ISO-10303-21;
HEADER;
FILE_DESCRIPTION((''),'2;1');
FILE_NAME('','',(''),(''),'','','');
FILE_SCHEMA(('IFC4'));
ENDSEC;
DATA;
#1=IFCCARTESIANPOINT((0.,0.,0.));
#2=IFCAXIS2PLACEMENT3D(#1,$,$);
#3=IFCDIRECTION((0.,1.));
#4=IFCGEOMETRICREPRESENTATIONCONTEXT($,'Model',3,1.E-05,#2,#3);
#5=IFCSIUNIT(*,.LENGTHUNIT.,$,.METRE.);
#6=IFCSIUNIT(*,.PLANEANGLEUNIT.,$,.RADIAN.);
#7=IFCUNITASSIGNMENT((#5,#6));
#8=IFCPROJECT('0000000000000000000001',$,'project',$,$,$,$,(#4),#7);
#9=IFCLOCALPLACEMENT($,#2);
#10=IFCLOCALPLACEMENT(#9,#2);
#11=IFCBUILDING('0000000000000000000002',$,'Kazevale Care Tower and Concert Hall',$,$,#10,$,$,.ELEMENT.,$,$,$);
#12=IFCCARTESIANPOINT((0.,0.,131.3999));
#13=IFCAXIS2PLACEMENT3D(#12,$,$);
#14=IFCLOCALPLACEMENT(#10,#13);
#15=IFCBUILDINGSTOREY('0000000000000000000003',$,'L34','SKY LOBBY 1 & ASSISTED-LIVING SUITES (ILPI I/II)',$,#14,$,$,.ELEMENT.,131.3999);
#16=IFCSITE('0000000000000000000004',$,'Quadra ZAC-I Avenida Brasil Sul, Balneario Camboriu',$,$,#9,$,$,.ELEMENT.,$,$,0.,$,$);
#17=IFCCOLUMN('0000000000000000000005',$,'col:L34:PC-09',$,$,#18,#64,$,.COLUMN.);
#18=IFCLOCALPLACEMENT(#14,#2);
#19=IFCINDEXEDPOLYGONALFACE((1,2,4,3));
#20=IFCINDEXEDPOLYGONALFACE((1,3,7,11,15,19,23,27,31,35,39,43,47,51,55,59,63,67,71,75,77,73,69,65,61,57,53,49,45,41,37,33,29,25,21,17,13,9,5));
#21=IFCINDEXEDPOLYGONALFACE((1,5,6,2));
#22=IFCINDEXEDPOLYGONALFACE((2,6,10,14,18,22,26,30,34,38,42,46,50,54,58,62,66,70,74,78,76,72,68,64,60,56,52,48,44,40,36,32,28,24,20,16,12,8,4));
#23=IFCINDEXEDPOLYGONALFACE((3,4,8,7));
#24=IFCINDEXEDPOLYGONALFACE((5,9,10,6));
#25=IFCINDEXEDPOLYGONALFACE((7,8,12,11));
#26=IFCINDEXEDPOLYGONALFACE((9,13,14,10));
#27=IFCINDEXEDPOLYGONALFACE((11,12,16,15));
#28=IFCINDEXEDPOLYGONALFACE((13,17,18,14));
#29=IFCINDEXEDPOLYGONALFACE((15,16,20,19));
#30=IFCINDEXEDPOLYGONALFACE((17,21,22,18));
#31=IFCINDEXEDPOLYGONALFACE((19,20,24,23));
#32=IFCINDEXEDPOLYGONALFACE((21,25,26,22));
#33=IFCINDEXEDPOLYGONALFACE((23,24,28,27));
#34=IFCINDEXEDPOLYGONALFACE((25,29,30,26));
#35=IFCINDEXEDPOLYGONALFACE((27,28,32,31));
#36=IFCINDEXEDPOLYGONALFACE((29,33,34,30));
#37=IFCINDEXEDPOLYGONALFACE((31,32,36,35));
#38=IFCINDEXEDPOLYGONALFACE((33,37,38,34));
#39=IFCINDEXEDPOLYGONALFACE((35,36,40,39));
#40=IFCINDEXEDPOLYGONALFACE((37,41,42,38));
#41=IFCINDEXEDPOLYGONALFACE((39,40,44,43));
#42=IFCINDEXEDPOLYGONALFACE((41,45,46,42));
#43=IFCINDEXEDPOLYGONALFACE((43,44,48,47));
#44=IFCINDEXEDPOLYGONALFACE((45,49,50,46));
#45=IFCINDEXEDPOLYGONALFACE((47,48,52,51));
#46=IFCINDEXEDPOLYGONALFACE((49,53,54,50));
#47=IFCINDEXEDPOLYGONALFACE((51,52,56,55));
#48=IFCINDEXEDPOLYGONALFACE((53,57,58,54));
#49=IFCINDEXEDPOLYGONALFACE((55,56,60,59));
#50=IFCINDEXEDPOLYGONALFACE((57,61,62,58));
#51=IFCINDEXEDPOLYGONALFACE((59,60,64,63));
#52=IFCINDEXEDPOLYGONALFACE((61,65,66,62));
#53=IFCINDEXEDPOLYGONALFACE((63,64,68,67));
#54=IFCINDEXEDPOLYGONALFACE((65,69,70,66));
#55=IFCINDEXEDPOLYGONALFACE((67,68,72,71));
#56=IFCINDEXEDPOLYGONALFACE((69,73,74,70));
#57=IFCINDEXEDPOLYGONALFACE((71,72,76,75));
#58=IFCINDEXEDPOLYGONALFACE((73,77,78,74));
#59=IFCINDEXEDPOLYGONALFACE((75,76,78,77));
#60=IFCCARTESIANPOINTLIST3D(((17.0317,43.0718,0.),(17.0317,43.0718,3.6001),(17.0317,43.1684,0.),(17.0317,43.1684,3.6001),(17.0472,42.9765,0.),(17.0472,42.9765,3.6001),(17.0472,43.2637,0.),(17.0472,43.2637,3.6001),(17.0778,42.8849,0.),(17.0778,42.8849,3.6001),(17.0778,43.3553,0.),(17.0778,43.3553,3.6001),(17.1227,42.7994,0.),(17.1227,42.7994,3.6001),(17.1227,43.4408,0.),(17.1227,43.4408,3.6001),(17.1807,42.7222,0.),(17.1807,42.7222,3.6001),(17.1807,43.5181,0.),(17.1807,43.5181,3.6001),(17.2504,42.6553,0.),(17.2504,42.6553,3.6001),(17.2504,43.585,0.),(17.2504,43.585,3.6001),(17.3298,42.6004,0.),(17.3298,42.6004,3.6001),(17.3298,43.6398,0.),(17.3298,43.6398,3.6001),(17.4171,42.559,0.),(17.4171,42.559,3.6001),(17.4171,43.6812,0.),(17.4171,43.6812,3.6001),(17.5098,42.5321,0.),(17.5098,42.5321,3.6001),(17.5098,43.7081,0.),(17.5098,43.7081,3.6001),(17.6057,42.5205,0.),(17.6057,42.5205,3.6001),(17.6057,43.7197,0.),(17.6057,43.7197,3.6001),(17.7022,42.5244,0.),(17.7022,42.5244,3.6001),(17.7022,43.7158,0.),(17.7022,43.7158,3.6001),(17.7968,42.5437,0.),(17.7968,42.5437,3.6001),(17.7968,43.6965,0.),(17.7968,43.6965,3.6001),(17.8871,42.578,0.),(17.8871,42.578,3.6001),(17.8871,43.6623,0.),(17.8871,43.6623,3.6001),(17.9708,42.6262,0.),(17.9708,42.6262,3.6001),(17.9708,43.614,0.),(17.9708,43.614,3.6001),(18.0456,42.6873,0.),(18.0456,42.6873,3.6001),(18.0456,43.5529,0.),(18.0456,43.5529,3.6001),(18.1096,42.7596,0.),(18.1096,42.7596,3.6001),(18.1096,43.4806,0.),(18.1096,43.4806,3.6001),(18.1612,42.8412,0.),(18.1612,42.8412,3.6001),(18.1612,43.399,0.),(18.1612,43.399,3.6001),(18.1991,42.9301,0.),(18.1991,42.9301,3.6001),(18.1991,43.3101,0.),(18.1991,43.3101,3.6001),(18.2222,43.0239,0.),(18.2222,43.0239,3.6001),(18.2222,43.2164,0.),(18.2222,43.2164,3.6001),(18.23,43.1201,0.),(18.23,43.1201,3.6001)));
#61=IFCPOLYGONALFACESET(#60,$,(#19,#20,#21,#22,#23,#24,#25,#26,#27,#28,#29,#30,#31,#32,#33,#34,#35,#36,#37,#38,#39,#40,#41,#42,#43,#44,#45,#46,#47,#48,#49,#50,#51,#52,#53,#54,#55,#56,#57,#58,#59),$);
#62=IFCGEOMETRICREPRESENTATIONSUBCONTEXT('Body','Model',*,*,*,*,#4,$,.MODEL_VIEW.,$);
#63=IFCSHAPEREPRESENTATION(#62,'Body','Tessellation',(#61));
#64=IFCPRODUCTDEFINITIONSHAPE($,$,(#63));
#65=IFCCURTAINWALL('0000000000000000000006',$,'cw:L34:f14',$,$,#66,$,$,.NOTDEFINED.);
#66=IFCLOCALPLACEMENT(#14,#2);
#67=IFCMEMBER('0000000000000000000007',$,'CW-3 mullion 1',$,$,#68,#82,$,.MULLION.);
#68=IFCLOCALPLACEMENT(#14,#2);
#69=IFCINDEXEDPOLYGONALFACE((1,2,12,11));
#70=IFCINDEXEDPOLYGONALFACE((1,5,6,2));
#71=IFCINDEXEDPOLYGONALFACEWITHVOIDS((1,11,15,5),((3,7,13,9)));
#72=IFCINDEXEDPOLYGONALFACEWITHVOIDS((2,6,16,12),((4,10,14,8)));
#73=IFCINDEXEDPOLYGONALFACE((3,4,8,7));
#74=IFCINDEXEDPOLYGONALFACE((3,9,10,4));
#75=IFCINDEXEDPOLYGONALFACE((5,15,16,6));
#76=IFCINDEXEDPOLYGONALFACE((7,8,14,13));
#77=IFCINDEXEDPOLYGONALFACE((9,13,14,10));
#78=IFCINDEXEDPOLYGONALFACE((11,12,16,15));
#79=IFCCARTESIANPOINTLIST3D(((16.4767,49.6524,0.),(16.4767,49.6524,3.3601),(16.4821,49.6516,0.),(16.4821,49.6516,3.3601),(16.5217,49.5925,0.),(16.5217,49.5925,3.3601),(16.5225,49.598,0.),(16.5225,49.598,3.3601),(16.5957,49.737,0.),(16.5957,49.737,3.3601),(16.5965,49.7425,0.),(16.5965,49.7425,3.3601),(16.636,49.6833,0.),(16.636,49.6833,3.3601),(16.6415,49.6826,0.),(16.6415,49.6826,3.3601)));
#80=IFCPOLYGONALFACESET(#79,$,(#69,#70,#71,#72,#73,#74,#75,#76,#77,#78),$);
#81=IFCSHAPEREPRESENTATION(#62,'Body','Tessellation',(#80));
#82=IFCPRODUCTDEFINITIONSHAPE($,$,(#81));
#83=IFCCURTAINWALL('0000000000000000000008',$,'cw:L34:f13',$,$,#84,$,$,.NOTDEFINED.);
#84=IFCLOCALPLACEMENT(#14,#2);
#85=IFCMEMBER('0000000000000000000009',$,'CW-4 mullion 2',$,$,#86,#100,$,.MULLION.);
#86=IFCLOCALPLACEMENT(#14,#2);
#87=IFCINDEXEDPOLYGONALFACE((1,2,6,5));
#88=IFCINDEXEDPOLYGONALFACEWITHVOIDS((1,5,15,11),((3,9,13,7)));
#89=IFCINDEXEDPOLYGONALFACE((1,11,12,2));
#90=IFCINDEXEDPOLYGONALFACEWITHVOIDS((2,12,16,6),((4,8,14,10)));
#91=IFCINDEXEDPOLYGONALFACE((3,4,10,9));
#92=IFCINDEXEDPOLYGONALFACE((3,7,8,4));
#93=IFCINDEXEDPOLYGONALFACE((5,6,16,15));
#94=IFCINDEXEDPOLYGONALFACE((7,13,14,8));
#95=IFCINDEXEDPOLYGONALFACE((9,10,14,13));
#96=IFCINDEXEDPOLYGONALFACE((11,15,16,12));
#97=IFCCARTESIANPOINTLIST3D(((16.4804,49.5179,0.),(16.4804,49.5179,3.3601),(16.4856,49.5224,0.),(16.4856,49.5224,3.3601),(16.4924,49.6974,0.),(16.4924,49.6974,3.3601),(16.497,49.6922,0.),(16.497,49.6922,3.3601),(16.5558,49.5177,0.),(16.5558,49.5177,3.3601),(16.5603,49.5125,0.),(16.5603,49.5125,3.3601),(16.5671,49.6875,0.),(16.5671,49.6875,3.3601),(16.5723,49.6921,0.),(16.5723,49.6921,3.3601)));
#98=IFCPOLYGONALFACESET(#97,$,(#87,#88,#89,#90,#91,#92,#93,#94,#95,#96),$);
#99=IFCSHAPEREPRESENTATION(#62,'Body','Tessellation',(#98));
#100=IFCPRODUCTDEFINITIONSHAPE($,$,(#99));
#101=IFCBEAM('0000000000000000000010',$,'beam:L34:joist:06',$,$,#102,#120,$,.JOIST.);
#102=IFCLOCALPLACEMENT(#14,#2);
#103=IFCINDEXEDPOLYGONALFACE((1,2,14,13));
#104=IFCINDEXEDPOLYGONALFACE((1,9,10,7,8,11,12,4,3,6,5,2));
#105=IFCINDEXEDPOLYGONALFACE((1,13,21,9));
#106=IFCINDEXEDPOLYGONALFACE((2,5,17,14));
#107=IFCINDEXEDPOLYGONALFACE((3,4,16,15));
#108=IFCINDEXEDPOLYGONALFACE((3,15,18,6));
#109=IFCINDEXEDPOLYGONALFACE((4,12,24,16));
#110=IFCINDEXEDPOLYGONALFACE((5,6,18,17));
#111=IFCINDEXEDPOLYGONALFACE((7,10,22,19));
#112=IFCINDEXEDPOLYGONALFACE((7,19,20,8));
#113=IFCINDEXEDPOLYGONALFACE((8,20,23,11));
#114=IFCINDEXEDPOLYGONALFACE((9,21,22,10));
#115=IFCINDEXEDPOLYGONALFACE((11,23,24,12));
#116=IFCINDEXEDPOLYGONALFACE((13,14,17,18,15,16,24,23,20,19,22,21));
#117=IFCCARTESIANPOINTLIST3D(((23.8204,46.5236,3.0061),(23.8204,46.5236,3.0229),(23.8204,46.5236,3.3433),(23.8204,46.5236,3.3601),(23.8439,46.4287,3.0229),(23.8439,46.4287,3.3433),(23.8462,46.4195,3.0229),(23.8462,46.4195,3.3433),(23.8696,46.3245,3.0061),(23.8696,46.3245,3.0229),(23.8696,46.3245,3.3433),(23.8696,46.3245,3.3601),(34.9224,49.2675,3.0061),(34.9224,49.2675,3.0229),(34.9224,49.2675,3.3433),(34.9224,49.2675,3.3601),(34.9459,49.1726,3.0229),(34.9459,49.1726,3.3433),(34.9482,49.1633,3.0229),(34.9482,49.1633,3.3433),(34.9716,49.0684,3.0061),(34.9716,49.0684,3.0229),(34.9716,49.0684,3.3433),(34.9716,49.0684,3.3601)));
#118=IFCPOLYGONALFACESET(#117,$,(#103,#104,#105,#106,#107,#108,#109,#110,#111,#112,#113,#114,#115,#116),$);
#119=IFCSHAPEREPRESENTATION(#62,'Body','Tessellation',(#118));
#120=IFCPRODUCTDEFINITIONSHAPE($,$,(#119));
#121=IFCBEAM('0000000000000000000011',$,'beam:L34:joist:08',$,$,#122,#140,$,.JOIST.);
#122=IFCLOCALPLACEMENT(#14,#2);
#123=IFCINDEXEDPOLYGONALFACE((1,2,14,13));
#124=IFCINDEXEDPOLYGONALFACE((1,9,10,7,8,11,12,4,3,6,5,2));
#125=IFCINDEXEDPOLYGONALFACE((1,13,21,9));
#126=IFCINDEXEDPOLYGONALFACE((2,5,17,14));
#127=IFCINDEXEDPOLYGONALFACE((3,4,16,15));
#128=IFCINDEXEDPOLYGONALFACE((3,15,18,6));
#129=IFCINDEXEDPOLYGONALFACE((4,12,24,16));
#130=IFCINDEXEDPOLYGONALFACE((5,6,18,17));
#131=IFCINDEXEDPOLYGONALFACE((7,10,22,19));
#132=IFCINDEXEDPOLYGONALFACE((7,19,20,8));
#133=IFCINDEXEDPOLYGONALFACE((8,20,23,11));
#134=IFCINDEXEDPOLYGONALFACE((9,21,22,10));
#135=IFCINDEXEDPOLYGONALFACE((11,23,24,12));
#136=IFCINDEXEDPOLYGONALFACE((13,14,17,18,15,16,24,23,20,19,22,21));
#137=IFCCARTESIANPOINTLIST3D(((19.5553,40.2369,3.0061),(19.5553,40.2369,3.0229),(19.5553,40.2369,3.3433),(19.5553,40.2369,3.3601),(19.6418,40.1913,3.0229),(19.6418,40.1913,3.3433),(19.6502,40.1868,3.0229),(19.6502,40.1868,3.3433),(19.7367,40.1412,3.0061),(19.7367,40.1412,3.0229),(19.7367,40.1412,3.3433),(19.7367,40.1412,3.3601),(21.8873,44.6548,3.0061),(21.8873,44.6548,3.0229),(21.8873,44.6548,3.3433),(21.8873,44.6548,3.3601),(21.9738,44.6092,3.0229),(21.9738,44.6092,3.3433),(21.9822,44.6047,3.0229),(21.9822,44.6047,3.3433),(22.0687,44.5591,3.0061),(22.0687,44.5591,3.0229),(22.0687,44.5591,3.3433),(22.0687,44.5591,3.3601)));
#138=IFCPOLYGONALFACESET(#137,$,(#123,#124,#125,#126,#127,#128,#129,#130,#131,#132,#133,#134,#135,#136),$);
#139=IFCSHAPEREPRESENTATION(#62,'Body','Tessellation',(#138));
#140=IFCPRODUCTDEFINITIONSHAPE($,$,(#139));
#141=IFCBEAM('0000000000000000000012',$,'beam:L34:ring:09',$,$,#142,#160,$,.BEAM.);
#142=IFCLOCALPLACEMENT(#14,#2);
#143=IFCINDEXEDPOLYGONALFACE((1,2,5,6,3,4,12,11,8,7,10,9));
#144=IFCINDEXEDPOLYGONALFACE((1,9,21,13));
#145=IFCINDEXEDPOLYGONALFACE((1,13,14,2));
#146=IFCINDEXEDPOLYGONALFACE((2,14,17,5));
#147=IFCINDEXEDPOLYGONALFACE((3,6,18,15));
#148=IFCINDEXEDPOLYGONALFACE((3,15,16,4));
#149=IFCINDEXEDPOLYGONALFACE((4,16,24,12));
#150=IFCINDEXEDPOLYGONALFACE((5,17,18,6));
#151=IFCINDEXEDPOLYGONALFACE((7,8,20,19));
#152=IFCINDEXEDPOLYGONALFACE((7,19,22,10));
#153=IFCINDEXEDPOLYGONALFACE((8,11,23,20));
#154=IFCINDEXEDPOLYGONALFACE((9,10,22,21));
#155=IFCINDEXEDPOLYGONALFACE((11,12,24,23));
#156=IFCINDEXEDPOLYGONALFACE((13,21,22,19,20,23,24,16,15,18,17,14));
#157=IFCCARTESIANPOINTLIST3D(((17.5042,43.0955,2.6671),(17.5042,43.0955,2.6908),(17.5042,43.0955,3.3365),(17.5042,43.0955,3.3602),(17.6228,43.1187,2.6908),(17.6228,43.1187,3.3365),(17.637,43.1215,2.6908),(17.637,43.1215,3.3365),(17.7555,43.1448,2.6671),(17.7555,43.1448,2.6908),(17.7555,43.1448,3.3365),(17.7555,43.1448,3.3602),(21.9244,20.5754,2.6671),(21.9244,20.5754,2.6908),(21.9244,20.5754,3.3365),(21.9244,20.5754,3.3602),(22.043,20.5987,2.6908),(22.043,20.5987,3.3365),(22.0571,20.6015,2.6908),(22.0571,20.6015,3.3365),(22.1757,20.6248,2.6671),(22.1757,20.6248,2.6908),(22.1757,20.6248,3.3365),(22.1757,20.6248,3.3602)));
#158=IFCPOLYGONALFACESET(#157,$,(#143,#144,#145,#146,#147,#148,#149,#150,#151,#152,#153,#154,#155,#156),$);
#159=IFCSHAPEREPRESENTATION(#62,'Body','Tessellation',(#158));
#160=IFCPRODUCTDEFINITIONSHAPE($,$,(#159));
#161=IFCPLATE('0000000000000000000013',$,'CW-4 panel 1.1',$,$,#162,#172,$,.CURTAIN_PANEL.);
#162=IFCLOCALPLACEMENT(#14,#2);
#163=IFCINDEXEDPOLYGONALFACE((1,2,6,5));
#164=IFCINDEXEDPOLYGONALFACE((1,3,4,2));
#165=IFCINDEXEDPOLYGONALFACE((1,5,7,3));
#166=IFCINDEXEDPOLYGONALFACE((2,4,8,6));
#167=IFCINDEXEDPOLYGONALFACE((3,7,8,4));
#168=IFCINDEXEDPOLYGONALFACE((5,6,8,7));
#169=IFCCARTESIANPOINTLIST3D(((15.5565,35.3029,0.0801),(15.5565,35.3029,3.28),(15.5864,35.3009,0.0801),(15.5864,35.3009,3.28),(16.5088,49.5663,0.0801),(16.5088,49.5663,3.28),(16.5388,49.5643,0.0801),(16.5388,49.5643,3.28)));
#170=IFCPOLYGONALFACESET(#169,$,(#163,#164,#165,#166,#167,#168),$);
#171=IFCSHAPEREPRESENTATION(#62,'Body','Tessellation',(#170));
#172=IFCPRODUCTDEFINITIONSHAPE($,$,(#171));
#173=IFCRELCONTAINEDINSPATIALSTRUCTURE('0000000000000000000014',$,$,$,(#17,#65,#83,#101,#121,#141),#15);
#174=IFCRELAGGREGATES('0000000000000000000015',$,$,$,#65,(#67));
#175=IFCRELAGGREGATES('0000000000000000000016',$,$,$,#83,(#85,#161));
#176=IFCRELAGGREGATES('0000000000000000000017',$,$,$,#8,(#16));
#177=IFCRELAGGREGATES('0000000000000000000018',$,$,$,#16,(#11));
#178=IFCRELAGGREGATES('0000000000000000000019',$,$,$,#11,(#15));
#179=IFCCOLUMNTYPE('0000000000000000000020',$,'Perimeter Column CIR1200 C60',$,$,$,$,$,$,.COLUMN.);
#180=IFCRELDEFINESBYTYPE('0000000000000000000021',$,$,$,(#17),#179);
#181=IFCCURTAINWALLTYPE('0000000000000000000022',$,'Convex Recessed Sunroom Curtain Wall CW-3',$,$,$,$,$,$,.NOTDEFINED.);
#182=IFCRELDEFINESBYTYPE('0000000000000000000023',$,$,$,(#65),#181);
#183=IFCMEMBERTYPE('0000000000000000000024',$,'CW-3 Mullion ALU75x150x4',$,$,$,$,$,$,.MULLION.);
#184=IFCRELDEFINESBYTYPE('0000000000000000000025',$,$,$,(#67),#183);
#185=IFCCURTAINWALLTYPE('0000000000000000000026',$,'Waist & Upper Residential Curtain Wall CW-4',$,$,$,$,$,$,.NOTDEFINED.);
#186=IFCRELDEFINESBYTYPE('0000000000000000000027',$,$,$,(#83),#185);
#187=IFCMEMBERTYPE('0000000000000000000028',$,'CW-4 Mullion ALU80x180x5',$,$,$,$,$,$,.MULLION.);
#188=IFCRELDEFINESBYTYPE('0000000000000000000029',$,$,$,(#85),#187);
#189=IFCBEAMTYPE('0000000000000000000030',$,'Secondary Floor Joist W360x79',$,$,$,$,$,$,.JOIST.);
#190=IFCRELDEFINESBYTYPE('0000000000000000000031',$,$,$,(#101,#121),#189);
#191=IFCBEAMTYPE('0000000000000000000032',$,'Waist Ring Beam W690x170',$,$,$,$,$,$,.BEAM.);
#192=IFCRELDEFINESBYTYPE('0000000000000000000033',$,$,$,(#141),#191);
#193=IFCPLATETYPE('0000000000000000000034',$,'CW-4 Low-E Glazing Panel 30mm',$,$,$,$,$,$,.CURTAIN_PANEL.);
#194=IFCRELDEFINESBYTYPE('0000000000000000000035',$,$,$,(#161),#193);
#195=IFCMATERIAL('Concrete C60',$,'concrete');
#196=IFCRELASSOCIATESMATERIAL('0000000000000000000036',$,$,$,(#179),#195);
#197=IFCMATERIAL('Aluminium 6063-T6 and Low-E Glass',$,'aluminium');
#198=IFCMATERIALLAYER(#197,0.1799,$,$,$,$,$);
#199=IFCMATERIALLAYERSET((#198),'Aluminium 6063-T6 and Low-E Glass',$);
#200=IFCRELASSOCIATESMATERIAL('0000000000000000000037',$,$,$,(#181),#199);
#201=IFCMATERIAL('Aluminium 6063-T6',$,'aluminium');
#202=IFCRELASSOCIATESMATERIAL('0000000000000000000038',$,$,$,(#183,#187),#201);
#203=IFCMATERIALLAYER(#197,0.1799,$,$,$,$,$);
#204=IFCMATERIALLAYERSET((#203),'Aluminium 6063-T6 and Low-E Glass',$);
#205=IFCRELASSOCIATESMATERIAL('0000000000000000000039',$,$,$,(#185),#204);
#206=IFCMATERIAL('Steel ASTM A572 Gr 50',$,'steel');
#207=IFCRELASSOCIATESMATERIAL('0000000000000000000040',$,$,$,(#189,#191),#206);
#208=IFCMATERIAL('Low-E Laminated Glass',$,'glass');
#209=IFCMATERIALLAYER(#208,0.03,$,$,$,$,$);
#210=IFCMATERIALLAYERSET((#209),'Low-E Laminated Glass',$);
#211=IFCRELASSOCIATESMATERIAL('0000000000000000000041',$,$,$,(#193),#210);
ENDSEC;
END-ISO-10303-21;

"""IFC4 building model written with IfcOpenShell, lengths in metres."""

from ifc_helpers import new_model, si_unit, direction, frame, origin, origin_2d, place, context, subcontext, project, spatial, rectangle, hollow_rectangle, circle, i_section, extrude, material, layer, layer_set, material_profile, profile_set, type_object, element, aggregate, save


model = new_model("IFC4")

# Units and contexts
model_context = context("Model", 3, precision=1e-05, world=origin(), true_north=direction((0.0, 1.0)))
body_context = subcontext(model_context, "Body", "Model", "MODEL_VIEW")
ifc_project = project(units=[si_unit("LENGTHUNIT", "METRE"), si_unit("PLANEANGLEUNIT", "RADIAN")], contexts=[model_context])

# Site, building, storey
site_placement = place(None, origin())
site = spatial("IfcSite", under=ifc_project, at=site_placement, Name="Quadra ZAC-I Avenida Brasil Sul, Balneario Camboriu", CompositionType="ELEMENT", RefElevation=0.0)
building_placement = place(site_placement, origin())
building = spatial("IfcBuilding", under=site, at=building_placement, Name="Kazevale Care Tower and Concert Hall", CompositionType="ELEMENT")
storey_placement = place(building_placement, frame((0.0, 0.0, 131.3999)))
storey = spatial("IfcBuildingStorey", under=building, at=storey_placement, Name="L34", Description="SKY LOBBY 1 & ASSISTED-LIVING SUITES (ILPI I/II)", CompositionType="ELEMENT", Elevation=131.3999)

# Column
ifc_material_1 = material(Name="Concrete C60", Category="concrete")
ifc_material_profile_1 = material_profile(ifc_material_1, circle(Radius=0.6001, at=origin_2d()), Name="RC-CIR1200")
ifc_profile_set_1 = profile_set([ifc_material_profile_1], Name="Concrete C60")
column_type = type_object("IfcColumnType", Name="Perimeter Column CIR1200 C60", PredefinedType="COLUMN", material=ifc_profile_set_1)
column_placement = place(storey_placement, frame((17.6299, 43.1201, 0.0), z_axis=(0.0, 0.0, 1.0), x_axis=(1.0, 0.0, 0.0)))
element("IfcColumn", 1, at=column_placement, inside=storey, type_object=column_type, Name="col:L34:PC-09", PredefinedType="COLUMN", context=body_context, shape_type="SweptSolid", body=[
    extrude(circle(Radius=0.6001, at=origin_2d()), origin(), (0.0, 0.0, 1.0), 3.6001),
])

# Curtain walls, members
ifc_material_2 = material(Name="Aluminium 6063-T6 and Low-E Glass", Category="aluminium")
ifc_layer_1 = layer(ifc_material_2, 0.1799)
ifc_layer_set_1 = layer_set([ifc_layer_1], Name="Aluminium 6063-T6 and Low-E Glass")
curtain_wall_type_1 = type_object("IfcCurtainWallType", Name="Convex Recessed Sunroom Curtain Wall CW-3", PredefinedType="NOTDEFINED", material=ifc_layer_set_1)
curtain_wall_1_placement = place(storey_placement, origin())
curtain_wall_1 = element("IfcCurtainWall", 2, at=curtain_wall_1_placement, inside=storey, type_object=curtain_wall_type_1, Name="cw:L34:f14", PredefinedType="NOTDEFINED")
ifc_material_3 = material(Name="Aluminium 6063-T6", Category="aluminium")
ifc_material_profile_2 = material_profile(ifc_material_3, hollow_rectangle(XDim=0.075, YDim=0.1499, WallThickness=0.0039, at=origin_2d()), Name="ALU75x150x4")
ifc_profile_set_2 = profile_set([ifc_material_profile_2], Name="Aluminium 6063-T6")
member_type_1 = type_object("IfcMemberType", Name="CW-3 Mullion ALU75x150x4", PredefinedType="MULLION", material=ifc_profile_set_2)
member_1_placement = place(storey_placement, frame((16.5591, 49.6675, 0.0), z_axis=(0.0, 0.0, 1.0), x_axis=(-0.600798, 0.799401, 0.0)))
member_1 = element("IfcMember", 3, at=member_1_placement, type_object=member_type_1, Name="CW-3 mullion 1", PredefinedType="MULLION", context=body_context, shape_type="SweptSolid", body=[
    extrude(hollow_rectangle(XDim=0.075, YDim=0.1499, WallThickness=0.0039, at=origin_2d()), origin(), (0.0, 0.0, 1.0), 3.3601),
])
aggregate(curtain_wall_1, [member_1])
ifc_layer_2 = layer(ifc_material_2, 0.1799)
ifc_layer_set_2 = layer_set([ifc_layer_2], Name="Aluminium 6063-T6 and Low-E Glass")
curtain_wall_type_2 = type_object("IfcCurtainWallType", Name="Waist & Upper Residential Curtain Wall CW-4", PredefinedType="NOTDEFINED", material=ifc_layer_set_2)
curtain_wall_2_placement = place(storey_placement, origin())
curtain_wall_2 = element("IfcCurtainWall", 4, at=curtain_wall_2_placement, inside=storey, type_object=curtain_wall_type_2, Name="cw:L34:f13", PredefinedType="NOTDEFINED")
ifc_material_profile_3 = material_profile(ifc_material_3, hollow_rectangle(XDim=0.0801, YDim=0.1799, WallThickness=0.0049, at=origin_2d()), Name="ALU80x180x5")
ifc_profile_set_3 = profile_set([ifc_material_profile_3], Name="Aluminium 6063-T6")
member_type_2 = type_object("IfcMemberType", Name="CW-4 Mullion ALU80x180x5", PredefinedType="MULLION", material=ifc_profile_set_3)
member_2_placement = place(storey_placement, frame((16.5264, 49.605, 0.0), z_axis=(0.0, 0.0, 1.0), x_axis=(-0.997778, 0.06662, 0.0)))
member_2 = element("IfcMember", 5, at=member_2_placement, type_object=member_type_2, Name="CW-4 mullion 2", PredefinedType="MULLION", context=body_context, shape_type="SweptSolid", body=[
    extrude(hollow_rectangle(XDim=0.0801, YDim=0.1799, WallThickness=0.0049, at=origin_2d()), origin(), (0.0, 0.0, 1.0), 3.3601),
])

# Beams
ifc_material_4 = material(Name="Steel ASTM A572 Gr 50", Category="steel")
ifc_material_profile_4 = material_profile(ifc_material_4, i_section(OverallWidth=0.2051, OverallDepth=0.354, WebThickness=0.0095, FlangeThickness=0.0168, at=origin_2d()), Name="W360x79")
ifc_profile_set_4 = profile_set([ifc_material_profile_4], Name="Steel ASTM A572 Gr 50")
beam_type_1 = type_object("IfcBeamType", Name="Secondary Floor Joist W360x79", PredefinedType="JOIST", material=ifc_profile_set_4)
beam_1_placement = place(storey_placement, frame((34.947, 49.168, 3.1831), z_axis=(-0.97079, -0.239933, 0.0), x_axis=(0.239933, -0.97079, 0.0)))
element("IfcBeam", 6, at=beam_1_placement, inside=storey, type_object=beam_type_1, Name="beam:L34:joist:06", PredefinedType="JOIST", context=body_context, shape_type="SweptSolid", body=[
    extrude(i_section(OverallWidth=0.2051, OverallDepth=0.354, WebThickness=0.0095, FlangeThickness=0.0168, at=origin_2d()), origin(), (0.0, 0.0, 1.0), 11.436),
])
beam_2_placement = place(storey_placement, frame((21.978, 44.6069, 3.1831), z_axis=(-0.46681, -0.884358, 0.0), x_axis=(0.884358, -0.46681, 0.0)))
element("IfcBeam", 7, at=beam_2_placement, inside=storey, type_object=beam_type_1, Name="beam:L34:joist:08", PredefinedType="JOIST", context=body_context, shape_type="SweptSolid", body=[
    extrude(i_section(OverallWidth=0.2051, OverallDepth=0.354, WebThickness=0.0095, FlangeThickness=0.0168, at=origin_2d()), origin(), (0.0, 0.0, 1.0), 4.9956),
])
ifc_material_profile_5 = material_profile(ifc_material_4, i_section(OverallWidth=0.2561, OverallDepth=0.6931, WebThickness=0.0144, FlangeThickness=0.0237, at=origin_2d()), Name="W690x170")
ifc_profile_set_5 = profile_set([ifc_material_profile_5], Name="Steel ASTM A572 Gr 50")
beam_type_2 = type_object("IfcBeamType", Name="Waist Ring Beam W690x170", PredefinedType="BEAM", material=ifc_profile_set_5)
beam_3_placement = place(storey_placement, frame((17.6299, 43.1201, 3.0137), z_axis=(0.192602, -0.981277, 0.0), x_axis=(0.981277, 0.192602, 0.0)))
element("IfcBeam", 8, at=beam_3_placement, inside=storey, type_object=beam_type_2, Name="beam:L34:ring:09", PredefinedType="BEAM", context=body_context, shape_type="SweptSolid", body=[
    extrude(i_section(OverallWidth=0.2561, OverallDepth=0.6931, WebThickness=0.0144, FlangeThickness=0.0237, at=origin_2d()), origin(), (0.0, 0.0, 1.0), 22.9497),
])

# Plate
ifc_material_5 = material(Name="Low-E Laminated Glass", Category="glass")
ifc_layer_3 = layer(ifc_material_5, 0.03)
ifc_layer_set_3 = layer_set([ifc_layer_3], Name="Low-E Laminated Glass")
plate_type = type_object("IfcPlateType", Name="CW-4 Low-E Glazing Panel 30mm", PredefinedType="CURTAIN_PANEL", material=ifc_layer_set_3)
plate_placement = place(storey_placement, frame((16.0476, 42.4336, 0.0801), z_axis=(0.0, 0.0, 1.0), x_axis=(0.06662, 0.997778, 0.0)))
plate = element("IfcPlate", 9, at=plate_placement, type_object=plate_type, Name="CW-4 panel 1.1", PredefinedType="CURTAIN_PANEL", context=body_context, shape_type="SweptSolid", body=[
    extrude(rectangle(XDim=14.2952, YDim=0.03, at=origin_2d()), origin(), (0.0, 0.0, 1.0), 3.2),
])
aggregate(curtain_wall_2, [member_2, plate])

save(model, "model.ifc")
